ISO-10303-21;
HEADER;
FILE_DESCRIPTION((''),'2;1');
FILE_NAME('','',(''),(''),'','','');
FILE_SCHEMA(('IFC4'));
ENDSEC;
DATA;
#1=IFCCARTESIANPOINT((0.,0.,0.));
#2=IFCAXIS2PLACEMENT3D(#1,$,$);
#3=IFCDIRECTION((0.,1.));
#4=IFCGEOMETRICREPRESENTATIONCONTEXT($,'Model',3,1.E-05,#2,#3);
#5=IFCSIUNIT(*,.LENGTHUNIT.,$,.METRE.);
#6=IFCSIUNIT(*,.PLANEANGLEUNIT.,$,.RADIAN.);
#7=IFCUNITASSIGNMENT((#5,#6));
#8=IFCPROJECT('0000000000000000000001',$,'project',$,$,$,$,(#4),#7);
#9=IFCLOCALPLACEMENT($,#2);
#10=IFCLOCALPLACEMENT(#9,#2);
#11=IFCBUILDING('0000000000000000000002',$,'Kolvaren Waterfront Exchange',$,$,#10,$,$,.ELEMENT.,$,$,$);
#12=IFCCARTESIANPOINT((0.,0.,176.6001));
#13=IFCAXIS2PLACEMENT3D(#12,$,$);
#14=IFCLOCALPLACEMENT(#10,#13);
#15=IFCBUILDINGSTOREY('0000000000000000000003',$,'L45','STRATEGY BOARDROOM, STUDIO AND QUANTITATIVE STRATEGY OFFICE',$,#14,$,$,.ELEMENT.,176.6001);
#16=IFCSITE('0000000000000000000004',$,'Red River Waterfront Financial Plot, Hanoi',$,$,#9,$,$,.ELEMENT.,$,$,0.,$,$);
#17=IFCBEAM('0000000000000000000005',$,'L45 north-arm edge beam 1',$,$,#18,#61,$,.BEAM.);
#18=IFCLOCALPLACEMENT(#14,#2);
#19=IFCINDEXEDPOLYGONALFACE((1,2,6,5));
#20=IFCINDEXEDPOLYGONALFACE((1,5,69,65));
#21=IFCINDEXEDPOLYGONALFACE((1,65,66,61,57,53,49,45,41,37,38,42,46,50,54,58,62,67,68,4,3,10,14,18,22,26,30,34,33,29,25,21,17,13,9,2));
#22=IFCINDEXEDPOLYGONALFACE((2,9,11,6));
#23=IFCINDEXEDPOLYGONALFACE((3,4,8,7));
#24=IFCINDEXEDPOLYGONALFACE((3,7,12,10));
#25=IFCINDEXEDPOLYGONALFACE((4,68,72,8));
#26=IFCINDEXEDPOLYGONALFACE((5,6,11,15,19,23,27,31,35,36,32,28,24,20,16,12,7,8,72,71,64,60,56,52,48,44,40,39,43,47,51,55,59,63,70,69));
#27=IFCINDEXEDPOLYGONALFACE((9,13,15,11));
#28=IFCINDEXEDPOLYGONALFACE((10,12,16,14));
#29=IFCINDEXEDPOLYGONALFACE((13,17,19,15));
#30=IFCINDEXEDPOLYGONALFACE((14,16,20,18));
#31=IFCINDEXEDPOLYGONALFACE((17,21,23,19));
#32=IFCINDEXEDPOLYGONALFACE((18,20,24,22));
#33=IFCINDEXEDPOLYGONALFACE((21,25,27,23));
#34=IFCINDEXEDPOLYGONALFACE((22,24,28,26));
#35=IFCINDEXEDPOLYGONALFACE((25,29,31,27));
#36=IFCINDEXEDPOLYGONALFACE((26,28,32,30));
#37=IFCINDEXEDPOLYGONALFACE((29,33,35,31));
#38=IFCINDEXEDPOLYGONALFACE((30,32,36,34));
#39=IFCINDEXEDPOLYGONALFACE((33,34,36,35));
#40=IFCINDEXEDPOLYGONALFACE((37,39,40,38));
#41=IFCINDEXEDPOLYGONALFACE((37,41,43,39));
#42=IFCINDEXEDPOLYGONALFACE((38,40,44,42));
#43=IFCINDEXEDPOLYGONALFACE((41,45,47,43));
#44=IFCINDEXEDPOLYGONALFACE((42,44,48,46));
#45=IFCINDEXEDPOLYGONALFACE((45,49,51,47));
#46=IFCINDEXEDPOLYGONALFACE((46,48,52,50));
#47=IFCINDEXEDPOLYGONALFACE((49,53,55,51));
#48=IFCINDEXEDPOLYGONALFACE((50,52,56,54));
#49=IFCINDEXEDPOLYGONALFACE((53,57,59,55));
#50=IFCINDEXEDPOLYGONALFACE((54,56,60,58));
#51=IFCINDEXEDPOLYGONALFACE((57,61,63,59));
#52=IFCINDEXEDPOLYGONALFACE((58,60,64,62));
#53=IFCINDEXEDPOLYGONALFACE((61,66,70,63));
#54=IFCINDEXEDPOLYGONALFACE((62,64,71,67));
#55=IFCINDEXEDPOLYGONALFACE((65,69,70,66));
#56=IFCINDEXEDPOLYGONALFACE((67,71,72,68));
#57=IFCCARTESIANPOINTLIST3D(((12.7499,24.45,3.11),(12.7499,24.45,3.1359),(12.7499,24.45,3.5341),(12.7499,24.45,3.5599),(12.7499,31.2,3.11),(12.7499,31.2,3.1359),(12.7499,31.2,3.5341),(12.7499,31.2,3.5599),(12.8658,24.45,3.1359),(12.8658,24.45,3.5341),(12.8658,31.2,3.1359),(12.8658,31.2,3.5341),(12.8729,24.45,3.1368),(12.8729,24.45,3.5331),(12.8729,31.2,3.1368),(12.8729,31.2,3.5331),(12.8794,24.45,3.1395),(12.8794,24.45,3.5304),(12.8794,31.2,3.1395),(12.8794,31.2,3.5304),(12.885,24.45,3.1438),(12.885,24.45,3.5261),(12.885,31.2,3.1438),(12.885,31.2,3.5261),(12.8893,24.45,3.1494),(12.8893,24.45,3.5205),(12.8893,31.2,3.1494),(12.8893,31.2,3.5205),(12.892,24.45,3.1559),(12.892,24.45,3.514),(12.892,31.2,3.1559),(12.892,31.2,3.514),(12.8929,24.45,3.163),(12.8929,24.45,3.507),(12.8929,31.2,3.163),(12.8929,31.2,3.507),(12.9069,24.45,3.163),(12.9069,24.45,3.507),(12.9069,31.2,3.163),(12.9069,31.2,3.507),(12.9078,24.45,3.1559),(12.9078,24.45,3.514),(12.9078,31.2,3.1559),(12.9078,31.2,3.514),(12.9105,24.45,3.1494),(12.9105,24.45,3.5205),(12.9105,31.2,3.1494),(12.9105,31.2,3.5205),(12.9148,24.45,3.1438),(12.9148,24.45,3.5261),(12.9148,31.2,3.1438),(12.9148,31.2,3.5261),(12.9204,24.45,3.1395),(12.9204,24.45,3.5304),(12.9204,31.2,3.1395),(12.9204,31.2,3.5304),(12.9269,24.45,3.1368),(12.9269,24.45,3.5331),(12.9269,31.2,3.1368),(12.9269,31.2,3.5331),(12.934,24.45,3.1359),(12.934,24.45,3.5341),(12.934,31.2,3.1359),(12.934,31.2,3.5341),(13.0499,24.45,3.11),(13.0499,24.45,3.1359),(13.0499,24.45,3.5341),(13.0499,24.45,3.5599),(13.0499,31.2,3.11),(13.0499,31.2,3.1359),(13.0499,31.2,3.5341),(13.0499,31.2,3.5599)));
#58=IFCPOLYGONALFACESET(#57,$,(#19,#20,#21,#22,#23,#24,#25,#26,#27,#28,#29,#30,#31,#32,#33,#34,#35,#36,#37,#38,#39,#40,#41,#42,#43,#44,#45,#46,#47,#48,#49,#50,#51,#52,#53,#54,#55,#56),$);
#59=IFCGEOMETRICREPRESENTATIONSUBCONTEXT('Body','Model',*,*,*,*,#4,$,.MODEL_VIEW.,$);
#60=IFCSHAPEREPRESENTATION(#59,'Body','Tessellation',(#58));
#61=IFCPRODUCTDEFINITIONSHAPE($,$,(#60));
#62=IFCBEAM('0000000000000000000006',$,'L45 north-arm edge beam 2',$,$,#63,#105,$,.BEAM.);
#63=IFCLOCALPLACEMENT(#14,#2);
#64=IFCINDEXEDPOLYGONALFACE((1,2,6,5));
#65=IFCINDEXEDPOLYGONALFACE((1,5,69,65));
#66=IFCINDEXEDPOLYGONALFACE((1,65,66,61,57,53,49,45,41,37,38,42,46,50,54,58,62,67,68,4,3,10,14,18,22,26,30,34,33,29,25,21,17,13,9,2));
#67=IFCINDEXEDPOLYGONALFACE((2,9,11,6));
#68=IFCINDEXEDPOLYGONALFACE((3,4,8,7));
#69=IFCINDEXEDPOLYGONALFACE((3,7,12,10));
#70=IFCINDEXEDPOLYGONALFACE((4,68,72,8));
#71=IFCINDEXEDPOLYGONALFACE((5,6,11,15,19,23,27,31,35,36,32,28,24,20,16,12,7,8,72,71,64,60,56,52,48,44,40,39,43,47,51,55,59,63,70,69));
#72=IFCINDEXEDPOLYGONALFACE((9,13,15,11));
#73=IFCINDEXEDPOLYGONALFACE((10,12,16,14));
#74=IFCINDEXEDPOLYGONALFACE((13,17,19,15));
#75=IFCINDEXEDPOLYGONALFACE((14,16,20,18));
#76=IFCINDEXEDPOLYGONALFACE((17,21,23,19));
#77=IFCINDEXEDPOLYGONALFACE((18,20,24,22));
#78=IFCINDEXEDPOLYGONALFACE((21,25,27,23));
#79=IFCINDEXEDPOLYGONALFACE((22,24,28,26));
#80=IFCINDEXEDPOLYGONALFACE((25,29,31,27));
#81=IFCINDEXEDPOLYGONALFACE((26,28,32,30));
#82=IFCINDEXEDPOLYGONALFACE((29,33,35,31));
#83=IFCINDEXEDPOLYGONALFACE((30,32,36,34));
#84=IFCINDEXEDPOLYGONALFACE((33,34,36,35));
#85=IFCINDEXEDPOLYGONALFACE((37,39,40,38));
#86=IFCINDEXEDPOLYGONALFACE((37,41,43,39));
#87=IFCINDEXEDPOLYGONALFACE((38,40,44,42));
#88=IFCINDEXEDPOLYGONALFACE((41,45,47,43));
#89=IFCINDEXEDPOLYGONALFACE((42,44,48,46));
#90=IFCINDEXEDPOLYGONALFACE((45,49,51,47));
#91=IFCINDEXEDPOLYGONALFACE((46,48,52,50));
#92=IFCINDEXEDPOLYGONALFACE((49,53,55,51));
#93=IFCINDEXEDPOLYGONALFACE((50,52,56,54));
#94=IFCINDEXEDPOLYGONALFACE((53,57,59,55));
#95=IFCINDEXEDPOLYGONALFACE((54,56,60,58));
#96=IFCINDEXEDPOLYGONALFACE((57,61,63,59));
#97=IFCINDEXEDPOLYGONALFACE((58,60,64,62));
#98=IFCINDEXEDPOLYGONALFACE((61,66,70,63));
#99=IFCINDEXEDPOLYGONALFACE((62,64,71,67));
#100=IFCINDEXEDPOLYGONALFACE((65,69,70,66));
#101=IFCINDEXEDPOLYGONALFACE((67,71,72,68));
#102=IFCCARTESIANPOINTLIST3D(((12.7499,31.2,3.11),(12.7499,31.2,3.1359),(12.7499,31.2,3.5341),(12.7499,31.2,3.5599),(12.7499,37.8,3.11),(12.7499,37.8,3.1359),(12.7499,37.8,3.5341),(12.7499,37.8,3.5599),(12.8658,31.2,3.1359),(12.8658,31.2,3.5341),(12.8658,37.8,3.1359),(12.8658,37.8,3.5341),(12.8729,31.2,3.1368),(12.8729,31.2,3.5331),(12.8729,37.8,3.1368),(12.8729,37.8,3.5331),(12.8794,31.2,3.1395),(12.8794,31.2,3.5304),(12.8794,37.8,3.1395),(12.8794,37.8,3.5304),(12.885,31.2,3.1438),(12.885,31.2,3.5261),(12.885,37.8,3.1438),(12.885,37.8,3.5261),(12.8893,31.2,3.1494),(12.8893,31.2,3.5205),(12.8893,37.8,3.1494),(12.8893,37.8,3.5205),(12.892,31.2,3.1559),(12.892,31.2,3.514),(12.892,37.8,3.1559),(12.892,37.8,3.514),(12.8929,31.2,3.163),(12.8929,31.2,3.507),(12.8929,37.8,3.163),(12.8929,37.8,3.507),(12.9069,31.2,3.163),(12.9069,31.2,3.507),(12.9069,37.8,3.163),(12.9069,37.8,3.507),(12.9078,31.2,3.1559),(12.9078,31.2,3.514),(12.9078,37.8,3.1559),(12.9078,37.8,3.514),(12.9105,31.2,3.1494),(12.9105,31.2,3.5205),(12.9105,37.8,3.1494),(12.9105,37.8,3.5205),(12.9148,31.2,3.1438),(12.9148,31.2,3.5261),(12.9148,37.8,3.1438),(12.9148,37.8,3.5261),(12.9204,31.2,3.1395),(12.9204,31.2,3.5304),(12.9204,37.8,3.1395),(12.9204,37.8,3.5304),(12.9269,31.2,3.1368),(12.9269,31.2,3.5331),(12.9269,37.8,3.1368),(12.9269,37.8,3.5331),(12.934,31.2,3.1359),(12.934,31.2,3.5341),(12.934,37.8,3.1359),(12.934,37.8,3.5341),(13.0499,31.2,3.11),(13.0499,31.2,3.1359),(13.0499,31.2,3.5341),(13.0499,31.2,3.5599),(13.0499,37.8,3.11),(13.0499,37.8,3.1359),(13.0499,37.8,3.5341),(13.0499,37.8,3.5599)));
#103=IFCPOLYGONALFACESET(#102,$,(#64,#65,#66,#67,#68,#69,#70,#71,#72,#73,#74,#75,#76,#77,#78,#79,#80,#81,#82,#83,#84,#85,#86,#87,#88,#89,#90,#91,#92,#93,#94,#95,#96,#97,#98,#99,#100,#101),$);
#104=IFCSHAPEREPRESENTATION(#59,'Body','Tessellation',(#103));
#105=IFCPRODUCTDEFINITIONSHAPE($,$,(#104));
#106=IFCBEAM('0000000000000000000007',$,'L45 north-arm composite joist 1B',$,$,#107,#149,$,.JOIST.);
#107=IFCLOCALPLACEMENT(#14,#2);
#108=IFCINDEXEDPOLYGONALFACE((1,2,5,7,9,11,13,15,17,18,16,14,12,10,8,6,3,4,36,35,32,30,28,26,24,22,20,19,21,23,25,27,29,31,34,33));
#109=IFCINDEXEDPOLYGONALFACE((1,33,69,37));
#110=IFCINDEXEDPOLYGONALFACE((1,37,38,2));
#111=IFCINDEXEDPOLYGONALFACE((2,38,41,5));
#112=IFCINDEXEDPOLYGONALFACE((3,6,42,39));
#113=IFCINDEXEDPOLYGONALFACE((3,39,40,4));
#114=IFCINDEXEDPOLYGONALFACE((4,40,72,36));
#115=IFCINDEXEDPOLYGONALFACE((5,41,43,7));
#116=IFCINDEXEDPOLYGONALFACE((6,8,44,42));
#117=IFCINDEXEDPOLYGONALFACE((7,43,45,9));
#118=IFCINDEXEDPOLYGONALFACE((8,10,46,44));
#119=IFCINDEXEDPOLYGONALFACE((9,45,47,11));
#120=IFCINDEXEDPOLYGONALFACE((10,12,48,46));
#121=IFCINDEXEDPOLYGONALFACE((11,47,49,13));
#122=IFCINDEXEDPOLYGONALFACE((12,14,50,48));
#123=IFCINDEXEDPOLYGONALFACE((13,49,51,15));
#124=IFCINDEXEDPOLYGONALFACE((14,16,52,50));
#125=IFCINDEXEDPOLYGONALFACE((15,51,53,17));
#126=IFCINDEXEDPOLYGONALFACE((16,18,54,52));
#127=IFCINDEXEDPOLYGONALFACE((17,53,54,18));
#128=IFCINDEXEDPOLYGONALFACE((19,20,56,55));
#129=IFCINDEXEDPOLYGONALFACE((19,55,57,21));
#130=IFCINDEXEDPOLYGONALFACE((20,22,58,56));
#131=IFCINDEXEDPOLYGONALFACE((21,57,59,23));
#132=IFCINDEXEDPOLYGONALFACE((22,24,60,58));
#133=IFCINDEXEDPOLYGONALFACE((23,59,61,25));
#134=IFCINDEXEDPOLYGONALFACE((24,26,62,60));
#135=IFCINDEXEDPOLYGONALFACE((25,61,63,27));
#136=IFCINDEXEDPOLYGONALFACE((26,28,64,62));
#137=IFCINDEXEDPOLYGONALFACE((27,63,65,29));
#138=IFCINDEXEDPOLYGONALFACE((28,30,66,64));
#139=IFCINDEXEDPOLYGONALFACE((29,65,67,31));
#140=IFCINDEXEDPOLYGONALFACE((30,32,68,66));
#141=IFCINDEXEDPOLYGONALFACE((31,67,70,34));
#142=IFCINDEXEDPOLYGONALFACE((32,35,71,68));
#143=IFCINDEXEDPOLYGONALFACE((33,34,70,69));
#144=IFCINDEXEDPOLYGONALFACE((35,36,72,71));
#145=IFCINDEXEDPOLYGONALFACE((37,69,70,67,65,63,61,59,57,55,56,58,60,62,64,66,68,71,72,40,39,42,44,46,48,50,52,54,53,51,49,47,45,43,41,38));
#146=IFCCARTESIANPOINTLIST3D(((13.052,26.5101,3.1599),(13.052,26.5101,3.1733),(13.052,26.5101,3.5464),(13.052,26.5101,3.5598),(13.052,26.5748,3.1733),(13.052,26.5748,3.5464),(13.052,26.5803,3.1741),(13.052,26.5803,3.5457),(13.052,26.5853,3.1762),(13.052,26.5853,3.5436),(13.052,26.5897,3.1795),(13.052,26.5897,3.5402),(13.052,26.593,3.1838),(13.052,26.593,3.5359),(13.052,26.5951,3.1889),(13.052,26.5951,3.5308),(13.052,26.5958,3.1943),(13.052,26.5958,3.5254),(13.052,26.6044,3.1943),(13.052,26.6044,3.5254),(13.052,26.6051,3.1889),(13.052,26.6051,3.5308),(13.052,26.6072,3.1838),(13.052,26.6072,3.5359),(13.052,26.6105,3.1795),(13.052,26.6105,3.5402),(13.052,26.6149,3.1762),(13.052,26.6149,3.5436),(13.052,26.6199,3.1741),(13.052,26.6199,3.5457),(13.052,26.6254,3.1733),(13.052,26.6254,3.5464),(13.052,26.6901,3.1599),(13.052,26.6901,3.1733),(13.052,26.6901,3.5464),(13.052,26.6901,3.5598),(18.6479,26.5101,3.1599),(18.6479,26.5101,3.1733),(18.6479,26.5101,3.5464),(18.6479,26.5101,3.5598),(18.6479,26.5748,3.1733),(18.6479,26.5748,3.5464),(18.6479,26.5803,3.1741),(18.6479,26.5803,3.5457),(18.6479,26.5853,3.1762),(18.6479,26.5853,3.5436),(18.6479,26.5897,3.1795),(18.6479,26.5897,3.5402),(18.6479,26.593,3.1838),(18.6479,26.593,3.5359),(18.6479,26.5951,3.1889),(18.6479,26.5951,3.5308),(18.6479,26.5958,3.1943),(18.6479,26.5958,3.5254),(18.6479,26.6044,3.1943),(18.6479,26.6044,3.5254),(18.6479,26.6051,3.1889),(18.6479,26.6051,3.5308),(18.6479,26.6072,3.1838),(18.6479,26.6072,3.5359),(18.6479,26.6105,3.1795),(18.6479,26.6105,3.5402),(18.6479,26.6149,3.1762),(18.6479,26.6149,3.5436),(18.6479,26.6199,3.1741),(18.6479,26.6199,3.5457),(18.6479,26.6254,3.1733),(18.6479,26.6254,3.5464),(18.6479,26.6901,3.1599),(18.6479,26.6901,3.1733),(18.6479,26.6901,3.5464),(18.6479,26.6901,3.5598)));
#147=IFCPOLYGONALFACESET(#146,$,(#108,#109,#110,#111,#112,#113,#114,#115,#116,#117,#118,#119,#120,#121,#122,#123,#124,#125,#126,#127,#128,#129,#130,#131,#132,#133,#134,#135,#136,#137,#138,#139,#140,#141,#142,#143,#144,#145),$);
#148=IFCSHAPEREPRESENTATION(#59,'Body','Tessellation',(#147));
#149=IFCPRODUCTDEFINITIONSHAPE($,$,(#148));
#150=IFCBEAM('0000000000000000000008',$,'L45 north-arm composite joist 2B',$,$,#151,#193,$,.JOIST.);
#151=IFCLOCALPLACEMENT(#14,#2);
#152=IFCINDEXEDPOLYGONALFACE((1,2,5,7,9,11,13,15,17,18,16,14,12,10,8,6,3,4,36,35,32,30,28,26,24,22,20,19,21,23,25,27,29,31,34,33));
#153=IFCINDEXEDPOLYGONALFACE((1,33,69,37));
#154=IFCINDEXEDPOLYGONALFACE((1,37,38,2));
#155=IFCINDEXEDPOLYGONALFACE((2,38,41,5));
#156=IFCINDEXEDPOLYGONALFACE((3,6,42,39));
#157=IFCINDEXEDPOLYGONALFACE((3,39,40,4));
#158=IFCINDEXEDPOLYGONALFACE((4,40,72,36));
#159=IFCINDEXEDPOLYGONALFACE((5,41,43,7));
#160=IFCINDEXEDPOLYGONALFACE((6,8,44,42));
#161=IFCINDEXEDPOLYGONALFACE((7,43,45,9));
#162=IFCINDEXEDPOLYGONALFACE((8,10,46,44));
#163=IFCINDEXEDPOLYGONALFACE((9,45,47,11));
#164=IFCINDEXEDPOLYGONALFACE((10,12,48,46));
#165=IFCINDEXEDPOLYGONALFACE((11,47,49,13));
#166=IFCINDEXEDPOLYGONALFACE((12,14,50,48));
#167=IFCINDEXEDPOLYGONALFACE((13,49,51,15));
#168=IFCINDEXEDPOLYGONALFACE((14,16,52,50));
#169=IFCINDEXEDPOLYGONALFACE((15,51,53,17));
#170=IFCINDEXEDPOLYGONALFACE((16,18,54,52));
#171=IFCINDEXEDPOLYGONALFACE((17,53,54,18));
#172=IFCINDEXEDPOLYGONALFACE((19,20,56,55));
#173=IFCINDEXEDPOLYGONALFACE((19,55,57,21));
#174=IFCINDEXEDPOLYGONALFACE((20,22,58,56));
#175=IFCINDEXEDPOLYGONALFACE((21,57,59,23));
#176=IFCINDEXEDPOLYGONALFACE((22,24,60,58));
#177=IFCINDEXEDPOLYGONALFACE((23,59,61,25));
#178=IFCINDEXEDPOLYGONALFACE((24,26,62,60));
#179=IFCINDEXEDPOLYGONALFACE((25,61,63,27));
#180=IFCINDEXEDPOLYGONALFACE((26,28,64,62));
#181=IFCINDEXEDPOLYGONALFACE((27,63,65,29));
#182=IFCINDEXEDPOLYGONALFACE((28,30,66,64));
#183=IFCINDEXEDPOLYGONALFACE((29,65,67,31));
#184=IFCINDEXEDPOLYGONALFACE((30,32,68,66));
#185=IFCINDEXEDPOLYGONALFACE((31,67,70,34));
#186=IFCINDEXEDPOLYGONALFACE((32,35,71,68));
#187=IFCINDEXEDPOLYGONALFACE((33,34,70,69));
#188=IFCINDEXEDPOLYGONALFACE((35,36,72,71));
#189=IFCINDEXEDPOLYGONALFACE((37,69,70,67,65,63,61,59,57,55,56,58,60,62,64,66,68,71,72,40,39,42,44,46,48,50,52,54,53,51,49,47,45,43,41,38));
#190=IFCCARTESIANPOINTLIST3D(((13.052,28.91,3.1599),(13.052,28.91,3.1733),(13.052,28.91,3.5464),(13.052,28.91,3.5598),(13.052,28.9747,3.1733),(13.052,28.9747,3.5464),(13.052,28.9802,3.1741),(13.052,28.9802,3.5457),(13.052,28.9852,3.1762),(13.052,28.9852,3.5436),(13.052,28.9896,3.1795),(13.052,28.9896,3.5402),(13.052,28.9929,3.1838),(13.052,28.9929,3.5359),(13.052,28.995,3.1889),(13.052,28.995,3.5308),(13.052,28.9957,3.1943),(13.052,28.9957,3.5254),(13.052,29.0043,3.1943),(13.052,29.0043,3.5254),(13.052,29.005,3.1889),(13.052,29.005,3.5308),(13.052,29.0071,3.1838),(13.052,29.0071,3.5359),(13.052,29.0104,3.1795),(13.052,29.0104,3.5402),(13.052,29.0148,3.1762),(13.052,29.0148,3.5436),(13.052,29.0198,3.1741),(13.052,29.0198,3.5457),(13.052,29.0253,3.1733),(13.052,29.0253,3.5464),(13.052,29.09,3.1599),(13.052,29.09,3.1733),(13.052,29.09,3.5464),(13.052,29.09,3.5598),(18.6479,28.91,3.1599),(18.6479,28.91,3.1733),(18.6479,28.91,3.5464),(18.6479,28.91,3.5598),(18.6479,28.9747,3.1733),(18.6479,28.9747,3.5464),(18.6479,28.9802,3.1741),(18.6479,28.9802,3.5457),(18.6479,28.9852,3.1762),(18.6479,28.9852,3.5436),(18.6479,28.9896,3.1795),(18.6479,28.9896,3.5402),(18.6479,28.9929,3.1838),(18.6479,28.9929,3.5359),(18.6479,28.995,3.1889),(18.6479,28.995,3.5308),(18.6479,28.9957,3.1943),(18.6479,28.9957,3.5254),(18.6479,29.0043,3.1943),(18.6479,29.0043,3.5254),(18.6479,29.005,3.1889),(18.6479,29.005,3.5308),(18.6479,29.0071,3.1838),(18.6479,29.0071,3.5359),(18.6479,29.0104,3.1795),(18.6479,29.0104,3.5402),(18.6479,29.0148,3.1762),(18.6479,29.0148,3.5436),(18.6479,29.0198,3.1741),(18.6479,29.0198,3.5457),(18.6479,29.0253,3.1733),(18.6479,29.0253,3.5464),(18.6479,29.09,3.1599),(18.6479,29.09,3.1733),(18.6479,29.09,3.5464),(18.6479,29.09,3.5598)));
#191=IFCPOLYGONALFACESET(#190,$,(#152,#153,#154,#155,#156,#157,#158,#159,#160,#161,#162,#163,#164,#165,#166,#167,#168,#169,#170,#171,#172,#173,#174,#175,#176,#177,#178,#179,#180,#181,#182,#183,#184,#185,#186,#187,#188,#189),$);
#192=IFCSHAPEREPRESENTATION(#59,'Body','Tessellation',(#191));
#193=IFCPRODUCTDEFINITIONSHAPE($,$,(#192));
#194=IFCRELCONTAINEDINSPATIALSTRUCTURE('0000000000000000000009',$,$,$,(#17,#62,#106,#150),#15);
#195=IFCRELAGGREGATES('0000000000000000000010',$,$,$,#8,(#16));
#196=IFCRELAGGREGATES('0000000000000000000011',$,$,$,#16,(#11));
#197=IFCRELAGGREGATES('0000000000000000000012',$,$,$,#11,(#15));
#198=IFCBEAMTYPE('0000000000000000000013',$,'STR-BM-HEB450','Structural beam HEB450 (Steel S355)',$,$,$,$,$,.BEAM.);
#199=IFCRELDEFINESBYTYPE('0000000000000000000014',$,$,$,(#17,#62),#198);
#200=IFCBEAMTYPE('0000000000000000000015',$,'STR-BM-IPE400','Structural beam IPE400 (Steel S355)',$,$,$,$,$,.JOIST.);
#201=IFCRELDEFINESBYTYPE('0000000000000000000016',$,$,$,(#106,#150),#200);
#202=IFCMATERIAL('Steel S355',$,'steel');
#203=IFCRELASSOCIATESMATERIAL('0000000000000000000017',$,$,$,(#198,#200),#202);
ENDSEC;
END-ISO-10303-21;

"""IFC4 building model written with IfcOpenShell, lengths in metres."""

from ifc_helpers import new_model, si_unit, direction, frame, origin, origin_2d, place, context, subcontext, project, spatial, i_section, extrude, material, material_profile, profile_set, type_object, element, save


model = new_model("IFC4")

# Units and contexts
model_context = context("Model", 3, precision=1e-05, world=origin(), true_north=direction((0.0, 1.0)))
body_context = subcontext(model_context, "Body", "Model", "MODEL_VIEW")
ifc_project = project(units=[si_unit("LENGTHUNIT", "METRE"), si_unit("PLANEANGLEUNIT", "RADIAN")], contexts=[model_context])

# Site, building, storey
site_placement = place(None, origin())
site = spatial("IfcSite", under=ifc_project, at=site_placement, Name="Red River Waterfront Financial Plot, Hanoi", CompositionType="ELEMENT", RefElevation=0.0)
building_placement = place(site_placement, origin())
building = spatial("IfcBuilding", under=site, at=building_placement, Name="Kolvaren Waterfront Exchange", CompositionType="ELEMENT")
storey_placement = place(building_placement, frame((0.0, 0.0, 176.6001)))
storey = spatial("IfcBuildingStorey", under=building, at=storey_placement, Name="L45", Description="STRATEGY BOARDROOM, STUDIO AND QUANTITATIVE STRATEGY OFFICE", CompositionType="ELEMENT", Elevation=176.6001)

# Beams
ifc_material_1 = material(Name="Steel S355", Category="steel")
ifc_material_profile_1 = material_profile(ifc_material_1, i_section(OverallWidth=0.3, OverallDepth=0.45, WebThickness=0.0139, FlangeThickness=0.0259, FilletRadius=0.0271, at=origin_2d()), Name="HEB450")
ifc_profile_set_1 = profile_set([ifc_material_profile_1], Name="Steel S355")
beam_type_1 = type_object("IfcBeamType", Name="STR-BM-HEB450", Description="Structural beam HEB450 (Steel S355)", PredefinedType="BEAM", material=ifc_profile_set_1)
beam_1_placement = place(storey_placement, frame((12.8999, 24.45, 3.335), z_axis=(0.0, 1.0, 0.0), x_axis=(-1.0, 0.0, 0.0)))
element("IfcBeam", 1, at=beam_1_placement, inside=storey, type_object=beam_type_1, Name="L45 north-arm edge beam 1", PredefinedType="BEAM", context=body_context, shape_type="SweptSolid", body=[
    extrude(i_section(OverallWidth=0.3, OverallDepth=0.45, WebThickness=0.0139, FlangeThickness=0.0259, FilletRadius=0.0271, at=origin_2d()), origin(), (0.0, 0.0, 1.0), 6.75),
])
beam_2_placement = place(storey_placement, frame((12.8999, 31.2, 3.335), z_axis=(0.0, 1.0, 0.0), x_axis=(-1.0, 0.0, 0.0)))
element("IfcBeam", 2, at=beam_2_placement, inside=storey, type_object=beam_type_1, Name="L45 north-arm edge beam 2", PredefinedType="BEAM", context=body_context, shape_type="SweptSolid", body=[
    extrude(i_section(OverallWidth=0.3, OverallDepth=0.45, WebThickness=0.0139, FlangeThickness=0.0259, FilletRadius=0.0271, at=origin_2d()), origin(), (0.0, 0.0, 1.0), 6.6001),
])
ifc_material_profile_2 = material_profile(ifc_material_1, i_section(OverallWidth=0.1799, OverallDepth=0.3999, WebThickness=0.0085, FlangeThickness=0.0134, FilletRadius=0.021, at=origin_2d()), Name="IPE400")
ifc_profile_set_2 = profile_set([ifc_material_profile_2], Name="Steel S355")
beam_type_2 = type_object("IfcBeamType", Name="STR-BM-IPE400", Description="Structural beam IPE400 (Steel S355)", PredefinedType="JOIST", material=ifc_profile_set_2)
for number, where, z_axis, x_axis, name in (
    (3, (13.052, 26.6001, 3.3599), (1.0, 0.0, 0.0), (0.0, 1.0, 0.0), "L45 north-arm composite joist 1B"),
    (4, (13.052, 29.0, 3.3599), (1.0, 0.0, 0.0), (0.0, 1.0, 0.0), "L45 north-arm composite joist 2B"),
):
    element("IfcBeam", number, at=place(storey_placement, frame(where, z_axis=z_axis, x_axis=x_axis)), inside=storey, type_object=beam_type_2, Name=name, PredefinedType="JOIST", context=body_context, shape_type="SweptSolid", body=[
        extrude(i_section(OverallWidth=0.1799, OverallDepth=0.3999, WebThickness=0.0085, FlangeThickness=0.0134, FilletRadius=0.021, at=origin_2d()), origin(), (0.0, 0.0, 1.0), 5.5959),
    ])

save(model, "model.ifc")
